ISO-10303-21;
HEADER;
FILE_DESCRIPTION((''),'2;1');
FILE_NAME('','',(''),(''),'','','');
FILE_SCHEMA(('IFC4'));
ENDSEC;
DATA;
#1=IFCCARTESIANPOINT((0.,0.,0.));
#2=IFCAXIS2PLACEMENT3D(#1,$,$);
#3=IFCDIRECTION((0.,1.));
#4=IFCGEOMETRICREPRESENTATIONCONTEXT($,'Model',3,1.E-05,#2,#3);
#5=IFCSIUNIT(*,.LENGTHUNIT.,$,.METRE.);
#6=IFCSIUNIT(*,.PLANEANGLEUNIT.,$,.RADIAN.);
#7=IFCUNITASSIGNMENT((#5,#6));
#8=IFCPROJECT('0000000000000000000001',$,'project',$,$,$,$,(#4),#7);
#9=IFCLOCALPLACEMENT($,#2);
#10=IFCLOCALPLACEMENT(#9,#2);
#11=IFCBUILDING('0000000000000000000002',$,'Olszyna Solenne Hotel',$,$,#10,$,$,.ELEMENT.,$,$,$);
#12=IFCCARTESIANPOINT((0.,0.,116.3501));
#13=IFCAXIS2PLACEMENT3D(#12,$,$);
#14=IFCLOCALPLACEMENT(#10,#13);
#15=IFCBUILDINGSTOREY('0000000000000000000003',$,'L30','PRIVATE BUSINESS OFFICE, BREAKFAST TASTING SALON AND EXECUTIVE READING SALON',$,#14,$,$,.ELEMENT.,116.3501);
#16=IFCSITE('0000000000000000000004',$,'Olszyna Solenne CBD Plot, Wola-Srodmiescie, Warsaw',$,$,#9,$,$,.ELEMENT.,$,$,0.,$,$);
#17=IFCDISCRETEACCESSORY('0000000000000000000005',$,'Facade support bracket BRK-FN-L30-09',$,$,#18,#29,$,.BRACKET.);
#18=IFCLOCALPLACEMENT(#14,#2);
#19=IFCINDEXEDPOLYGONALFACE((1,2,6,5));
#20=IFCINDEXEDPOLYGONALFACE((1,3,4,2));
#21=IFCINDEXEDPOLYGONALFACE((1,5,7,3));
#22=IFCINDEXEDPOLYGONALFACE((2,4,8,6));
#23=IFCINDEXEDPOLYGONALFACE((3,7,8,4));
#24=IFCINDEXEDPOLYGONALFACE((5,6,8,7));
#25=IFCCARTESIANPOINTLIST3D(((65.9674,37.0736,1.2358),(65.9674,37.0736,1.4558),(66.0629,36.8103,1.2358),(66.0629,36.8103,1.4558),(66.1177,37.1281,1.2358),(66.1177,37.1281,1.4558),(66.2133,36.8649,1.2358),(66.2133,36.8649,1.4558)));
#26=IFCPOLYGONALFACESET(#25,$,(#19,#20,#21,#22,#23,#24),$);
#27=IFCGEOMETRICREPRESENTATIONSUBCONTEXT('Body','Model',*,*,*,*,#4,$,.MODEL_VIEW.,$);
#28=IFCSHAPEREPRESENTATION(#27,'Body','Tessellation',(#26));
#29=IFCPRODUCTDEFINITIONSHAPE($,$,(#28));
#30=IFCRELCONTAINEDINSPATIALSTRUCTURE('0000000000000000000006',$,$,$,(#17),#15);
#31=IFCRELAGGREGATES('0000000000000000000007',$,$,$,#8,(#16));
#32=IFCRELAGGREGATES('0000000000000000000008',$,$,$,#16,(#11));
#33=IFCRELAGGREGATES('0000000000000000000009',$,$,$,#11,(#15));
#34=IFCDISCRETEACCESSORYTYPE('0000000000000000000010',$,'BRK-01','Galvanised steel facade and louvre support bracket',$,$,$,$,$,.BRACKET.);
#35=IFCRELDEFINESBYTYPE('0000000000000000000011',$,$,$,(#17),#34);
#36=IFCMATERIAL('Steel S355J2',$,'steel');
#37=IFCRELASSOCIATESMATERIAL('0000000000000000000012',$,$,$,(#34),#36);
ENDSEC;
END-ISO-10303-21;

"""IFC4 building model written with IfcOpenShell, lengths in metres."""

from ifc_helpers import new_model, si_unit, direction, frame, origin, origin_2d, place, context, subcontext, project, spatial, rectangle, extrude, source, transform, mapped, material, type_object, element, save


model = new_model("IFC4")

# Units and contexts
model_context = context("Model", 3, precision=1e-05, world=origin(), true_north=direction((0.0, 1.0)))
body_context = subcontext(model_context, "Body", "Model", "MODEL_VIEW")
ifc_project = project(units=[si_unit("LENGTHUNIT", "METRE"), si_unit("PLANEANGLEUNIT", "RADIAN")], contexts=[model_context])

# Site, building, storey
site_placement = place(None, origin())
site = spatial("IfcSite", under=ifc_project, at=site_placement, Name="Olszyna Solenne CBD Plot, Wola-Srodmiescie, Warsaw", CompositionType="ELEMENT", RefElevation=0.0)
building_placement = place(site_placement, origin())
building = spatial("IfcBuilding", under=site, at=building_placement, Name="Olszyna Solenne Hotel", CompositionType="ELEMENT")
storey_placement = place(building_placement, frame((0.0, 0.0, 116.3501)))
storey = spatial("IfcBuildingStorey", under=building, at=storey_placement, Name="L30", Description="PRIVATE BUSINESS OFFICE, BREAKFAST TASTING SALON AND EXECUTIVE READING SALON", CompositionType="ELEMENT", Elevation=116.3501)

# Shared definitions
ifc_material_1 = material(Name="Steel S355J2", Category="steel")

# Discrete accessory
discrete_accessory_type = type_object("IfcDiscreteAccessoryType", Name="BRK-01", Description="Galvanised steel facade and louvre support bracket", PredefinedType="BRACKET", material=ifc_material_1)
shared_shape_1 = source(origin(), body_context, "Body", "SweptSolid", [
    extrude(rectangle(XDim=0.28, YDim=0.1599, at=origin_2d()), origin(), (0.0, 0.0, 1.0), 0.22),
])
discrete_accessory_placement = place(storey_placement, frame((66.0903, 36.9692, 1.2358), z_axis=(0.0, 0.0, 1.0), x_axis=(0.3412, -0.939991, 0.0)))
element("IfcDiscreteAccessory", 1, at=discrete_accessory_placement, inside=storey, type_object=discrete_accessory_type, Name="Facade support bracket BRK-FN-L30-09", PredefinedType="BRACKET", context=body_context, shape_type="MappedRepresentation", body=[
    mapped(shared_shape_1, transform((0.0, 0.0, 0.0), x_axis=(1.0, 0.0, 0.0), y_axis=(0.0, 1.0, 0.0), z_axis=(0.0, 0.0, 1.0), scale=1.0)),
])

save(model, "model.ifc")
